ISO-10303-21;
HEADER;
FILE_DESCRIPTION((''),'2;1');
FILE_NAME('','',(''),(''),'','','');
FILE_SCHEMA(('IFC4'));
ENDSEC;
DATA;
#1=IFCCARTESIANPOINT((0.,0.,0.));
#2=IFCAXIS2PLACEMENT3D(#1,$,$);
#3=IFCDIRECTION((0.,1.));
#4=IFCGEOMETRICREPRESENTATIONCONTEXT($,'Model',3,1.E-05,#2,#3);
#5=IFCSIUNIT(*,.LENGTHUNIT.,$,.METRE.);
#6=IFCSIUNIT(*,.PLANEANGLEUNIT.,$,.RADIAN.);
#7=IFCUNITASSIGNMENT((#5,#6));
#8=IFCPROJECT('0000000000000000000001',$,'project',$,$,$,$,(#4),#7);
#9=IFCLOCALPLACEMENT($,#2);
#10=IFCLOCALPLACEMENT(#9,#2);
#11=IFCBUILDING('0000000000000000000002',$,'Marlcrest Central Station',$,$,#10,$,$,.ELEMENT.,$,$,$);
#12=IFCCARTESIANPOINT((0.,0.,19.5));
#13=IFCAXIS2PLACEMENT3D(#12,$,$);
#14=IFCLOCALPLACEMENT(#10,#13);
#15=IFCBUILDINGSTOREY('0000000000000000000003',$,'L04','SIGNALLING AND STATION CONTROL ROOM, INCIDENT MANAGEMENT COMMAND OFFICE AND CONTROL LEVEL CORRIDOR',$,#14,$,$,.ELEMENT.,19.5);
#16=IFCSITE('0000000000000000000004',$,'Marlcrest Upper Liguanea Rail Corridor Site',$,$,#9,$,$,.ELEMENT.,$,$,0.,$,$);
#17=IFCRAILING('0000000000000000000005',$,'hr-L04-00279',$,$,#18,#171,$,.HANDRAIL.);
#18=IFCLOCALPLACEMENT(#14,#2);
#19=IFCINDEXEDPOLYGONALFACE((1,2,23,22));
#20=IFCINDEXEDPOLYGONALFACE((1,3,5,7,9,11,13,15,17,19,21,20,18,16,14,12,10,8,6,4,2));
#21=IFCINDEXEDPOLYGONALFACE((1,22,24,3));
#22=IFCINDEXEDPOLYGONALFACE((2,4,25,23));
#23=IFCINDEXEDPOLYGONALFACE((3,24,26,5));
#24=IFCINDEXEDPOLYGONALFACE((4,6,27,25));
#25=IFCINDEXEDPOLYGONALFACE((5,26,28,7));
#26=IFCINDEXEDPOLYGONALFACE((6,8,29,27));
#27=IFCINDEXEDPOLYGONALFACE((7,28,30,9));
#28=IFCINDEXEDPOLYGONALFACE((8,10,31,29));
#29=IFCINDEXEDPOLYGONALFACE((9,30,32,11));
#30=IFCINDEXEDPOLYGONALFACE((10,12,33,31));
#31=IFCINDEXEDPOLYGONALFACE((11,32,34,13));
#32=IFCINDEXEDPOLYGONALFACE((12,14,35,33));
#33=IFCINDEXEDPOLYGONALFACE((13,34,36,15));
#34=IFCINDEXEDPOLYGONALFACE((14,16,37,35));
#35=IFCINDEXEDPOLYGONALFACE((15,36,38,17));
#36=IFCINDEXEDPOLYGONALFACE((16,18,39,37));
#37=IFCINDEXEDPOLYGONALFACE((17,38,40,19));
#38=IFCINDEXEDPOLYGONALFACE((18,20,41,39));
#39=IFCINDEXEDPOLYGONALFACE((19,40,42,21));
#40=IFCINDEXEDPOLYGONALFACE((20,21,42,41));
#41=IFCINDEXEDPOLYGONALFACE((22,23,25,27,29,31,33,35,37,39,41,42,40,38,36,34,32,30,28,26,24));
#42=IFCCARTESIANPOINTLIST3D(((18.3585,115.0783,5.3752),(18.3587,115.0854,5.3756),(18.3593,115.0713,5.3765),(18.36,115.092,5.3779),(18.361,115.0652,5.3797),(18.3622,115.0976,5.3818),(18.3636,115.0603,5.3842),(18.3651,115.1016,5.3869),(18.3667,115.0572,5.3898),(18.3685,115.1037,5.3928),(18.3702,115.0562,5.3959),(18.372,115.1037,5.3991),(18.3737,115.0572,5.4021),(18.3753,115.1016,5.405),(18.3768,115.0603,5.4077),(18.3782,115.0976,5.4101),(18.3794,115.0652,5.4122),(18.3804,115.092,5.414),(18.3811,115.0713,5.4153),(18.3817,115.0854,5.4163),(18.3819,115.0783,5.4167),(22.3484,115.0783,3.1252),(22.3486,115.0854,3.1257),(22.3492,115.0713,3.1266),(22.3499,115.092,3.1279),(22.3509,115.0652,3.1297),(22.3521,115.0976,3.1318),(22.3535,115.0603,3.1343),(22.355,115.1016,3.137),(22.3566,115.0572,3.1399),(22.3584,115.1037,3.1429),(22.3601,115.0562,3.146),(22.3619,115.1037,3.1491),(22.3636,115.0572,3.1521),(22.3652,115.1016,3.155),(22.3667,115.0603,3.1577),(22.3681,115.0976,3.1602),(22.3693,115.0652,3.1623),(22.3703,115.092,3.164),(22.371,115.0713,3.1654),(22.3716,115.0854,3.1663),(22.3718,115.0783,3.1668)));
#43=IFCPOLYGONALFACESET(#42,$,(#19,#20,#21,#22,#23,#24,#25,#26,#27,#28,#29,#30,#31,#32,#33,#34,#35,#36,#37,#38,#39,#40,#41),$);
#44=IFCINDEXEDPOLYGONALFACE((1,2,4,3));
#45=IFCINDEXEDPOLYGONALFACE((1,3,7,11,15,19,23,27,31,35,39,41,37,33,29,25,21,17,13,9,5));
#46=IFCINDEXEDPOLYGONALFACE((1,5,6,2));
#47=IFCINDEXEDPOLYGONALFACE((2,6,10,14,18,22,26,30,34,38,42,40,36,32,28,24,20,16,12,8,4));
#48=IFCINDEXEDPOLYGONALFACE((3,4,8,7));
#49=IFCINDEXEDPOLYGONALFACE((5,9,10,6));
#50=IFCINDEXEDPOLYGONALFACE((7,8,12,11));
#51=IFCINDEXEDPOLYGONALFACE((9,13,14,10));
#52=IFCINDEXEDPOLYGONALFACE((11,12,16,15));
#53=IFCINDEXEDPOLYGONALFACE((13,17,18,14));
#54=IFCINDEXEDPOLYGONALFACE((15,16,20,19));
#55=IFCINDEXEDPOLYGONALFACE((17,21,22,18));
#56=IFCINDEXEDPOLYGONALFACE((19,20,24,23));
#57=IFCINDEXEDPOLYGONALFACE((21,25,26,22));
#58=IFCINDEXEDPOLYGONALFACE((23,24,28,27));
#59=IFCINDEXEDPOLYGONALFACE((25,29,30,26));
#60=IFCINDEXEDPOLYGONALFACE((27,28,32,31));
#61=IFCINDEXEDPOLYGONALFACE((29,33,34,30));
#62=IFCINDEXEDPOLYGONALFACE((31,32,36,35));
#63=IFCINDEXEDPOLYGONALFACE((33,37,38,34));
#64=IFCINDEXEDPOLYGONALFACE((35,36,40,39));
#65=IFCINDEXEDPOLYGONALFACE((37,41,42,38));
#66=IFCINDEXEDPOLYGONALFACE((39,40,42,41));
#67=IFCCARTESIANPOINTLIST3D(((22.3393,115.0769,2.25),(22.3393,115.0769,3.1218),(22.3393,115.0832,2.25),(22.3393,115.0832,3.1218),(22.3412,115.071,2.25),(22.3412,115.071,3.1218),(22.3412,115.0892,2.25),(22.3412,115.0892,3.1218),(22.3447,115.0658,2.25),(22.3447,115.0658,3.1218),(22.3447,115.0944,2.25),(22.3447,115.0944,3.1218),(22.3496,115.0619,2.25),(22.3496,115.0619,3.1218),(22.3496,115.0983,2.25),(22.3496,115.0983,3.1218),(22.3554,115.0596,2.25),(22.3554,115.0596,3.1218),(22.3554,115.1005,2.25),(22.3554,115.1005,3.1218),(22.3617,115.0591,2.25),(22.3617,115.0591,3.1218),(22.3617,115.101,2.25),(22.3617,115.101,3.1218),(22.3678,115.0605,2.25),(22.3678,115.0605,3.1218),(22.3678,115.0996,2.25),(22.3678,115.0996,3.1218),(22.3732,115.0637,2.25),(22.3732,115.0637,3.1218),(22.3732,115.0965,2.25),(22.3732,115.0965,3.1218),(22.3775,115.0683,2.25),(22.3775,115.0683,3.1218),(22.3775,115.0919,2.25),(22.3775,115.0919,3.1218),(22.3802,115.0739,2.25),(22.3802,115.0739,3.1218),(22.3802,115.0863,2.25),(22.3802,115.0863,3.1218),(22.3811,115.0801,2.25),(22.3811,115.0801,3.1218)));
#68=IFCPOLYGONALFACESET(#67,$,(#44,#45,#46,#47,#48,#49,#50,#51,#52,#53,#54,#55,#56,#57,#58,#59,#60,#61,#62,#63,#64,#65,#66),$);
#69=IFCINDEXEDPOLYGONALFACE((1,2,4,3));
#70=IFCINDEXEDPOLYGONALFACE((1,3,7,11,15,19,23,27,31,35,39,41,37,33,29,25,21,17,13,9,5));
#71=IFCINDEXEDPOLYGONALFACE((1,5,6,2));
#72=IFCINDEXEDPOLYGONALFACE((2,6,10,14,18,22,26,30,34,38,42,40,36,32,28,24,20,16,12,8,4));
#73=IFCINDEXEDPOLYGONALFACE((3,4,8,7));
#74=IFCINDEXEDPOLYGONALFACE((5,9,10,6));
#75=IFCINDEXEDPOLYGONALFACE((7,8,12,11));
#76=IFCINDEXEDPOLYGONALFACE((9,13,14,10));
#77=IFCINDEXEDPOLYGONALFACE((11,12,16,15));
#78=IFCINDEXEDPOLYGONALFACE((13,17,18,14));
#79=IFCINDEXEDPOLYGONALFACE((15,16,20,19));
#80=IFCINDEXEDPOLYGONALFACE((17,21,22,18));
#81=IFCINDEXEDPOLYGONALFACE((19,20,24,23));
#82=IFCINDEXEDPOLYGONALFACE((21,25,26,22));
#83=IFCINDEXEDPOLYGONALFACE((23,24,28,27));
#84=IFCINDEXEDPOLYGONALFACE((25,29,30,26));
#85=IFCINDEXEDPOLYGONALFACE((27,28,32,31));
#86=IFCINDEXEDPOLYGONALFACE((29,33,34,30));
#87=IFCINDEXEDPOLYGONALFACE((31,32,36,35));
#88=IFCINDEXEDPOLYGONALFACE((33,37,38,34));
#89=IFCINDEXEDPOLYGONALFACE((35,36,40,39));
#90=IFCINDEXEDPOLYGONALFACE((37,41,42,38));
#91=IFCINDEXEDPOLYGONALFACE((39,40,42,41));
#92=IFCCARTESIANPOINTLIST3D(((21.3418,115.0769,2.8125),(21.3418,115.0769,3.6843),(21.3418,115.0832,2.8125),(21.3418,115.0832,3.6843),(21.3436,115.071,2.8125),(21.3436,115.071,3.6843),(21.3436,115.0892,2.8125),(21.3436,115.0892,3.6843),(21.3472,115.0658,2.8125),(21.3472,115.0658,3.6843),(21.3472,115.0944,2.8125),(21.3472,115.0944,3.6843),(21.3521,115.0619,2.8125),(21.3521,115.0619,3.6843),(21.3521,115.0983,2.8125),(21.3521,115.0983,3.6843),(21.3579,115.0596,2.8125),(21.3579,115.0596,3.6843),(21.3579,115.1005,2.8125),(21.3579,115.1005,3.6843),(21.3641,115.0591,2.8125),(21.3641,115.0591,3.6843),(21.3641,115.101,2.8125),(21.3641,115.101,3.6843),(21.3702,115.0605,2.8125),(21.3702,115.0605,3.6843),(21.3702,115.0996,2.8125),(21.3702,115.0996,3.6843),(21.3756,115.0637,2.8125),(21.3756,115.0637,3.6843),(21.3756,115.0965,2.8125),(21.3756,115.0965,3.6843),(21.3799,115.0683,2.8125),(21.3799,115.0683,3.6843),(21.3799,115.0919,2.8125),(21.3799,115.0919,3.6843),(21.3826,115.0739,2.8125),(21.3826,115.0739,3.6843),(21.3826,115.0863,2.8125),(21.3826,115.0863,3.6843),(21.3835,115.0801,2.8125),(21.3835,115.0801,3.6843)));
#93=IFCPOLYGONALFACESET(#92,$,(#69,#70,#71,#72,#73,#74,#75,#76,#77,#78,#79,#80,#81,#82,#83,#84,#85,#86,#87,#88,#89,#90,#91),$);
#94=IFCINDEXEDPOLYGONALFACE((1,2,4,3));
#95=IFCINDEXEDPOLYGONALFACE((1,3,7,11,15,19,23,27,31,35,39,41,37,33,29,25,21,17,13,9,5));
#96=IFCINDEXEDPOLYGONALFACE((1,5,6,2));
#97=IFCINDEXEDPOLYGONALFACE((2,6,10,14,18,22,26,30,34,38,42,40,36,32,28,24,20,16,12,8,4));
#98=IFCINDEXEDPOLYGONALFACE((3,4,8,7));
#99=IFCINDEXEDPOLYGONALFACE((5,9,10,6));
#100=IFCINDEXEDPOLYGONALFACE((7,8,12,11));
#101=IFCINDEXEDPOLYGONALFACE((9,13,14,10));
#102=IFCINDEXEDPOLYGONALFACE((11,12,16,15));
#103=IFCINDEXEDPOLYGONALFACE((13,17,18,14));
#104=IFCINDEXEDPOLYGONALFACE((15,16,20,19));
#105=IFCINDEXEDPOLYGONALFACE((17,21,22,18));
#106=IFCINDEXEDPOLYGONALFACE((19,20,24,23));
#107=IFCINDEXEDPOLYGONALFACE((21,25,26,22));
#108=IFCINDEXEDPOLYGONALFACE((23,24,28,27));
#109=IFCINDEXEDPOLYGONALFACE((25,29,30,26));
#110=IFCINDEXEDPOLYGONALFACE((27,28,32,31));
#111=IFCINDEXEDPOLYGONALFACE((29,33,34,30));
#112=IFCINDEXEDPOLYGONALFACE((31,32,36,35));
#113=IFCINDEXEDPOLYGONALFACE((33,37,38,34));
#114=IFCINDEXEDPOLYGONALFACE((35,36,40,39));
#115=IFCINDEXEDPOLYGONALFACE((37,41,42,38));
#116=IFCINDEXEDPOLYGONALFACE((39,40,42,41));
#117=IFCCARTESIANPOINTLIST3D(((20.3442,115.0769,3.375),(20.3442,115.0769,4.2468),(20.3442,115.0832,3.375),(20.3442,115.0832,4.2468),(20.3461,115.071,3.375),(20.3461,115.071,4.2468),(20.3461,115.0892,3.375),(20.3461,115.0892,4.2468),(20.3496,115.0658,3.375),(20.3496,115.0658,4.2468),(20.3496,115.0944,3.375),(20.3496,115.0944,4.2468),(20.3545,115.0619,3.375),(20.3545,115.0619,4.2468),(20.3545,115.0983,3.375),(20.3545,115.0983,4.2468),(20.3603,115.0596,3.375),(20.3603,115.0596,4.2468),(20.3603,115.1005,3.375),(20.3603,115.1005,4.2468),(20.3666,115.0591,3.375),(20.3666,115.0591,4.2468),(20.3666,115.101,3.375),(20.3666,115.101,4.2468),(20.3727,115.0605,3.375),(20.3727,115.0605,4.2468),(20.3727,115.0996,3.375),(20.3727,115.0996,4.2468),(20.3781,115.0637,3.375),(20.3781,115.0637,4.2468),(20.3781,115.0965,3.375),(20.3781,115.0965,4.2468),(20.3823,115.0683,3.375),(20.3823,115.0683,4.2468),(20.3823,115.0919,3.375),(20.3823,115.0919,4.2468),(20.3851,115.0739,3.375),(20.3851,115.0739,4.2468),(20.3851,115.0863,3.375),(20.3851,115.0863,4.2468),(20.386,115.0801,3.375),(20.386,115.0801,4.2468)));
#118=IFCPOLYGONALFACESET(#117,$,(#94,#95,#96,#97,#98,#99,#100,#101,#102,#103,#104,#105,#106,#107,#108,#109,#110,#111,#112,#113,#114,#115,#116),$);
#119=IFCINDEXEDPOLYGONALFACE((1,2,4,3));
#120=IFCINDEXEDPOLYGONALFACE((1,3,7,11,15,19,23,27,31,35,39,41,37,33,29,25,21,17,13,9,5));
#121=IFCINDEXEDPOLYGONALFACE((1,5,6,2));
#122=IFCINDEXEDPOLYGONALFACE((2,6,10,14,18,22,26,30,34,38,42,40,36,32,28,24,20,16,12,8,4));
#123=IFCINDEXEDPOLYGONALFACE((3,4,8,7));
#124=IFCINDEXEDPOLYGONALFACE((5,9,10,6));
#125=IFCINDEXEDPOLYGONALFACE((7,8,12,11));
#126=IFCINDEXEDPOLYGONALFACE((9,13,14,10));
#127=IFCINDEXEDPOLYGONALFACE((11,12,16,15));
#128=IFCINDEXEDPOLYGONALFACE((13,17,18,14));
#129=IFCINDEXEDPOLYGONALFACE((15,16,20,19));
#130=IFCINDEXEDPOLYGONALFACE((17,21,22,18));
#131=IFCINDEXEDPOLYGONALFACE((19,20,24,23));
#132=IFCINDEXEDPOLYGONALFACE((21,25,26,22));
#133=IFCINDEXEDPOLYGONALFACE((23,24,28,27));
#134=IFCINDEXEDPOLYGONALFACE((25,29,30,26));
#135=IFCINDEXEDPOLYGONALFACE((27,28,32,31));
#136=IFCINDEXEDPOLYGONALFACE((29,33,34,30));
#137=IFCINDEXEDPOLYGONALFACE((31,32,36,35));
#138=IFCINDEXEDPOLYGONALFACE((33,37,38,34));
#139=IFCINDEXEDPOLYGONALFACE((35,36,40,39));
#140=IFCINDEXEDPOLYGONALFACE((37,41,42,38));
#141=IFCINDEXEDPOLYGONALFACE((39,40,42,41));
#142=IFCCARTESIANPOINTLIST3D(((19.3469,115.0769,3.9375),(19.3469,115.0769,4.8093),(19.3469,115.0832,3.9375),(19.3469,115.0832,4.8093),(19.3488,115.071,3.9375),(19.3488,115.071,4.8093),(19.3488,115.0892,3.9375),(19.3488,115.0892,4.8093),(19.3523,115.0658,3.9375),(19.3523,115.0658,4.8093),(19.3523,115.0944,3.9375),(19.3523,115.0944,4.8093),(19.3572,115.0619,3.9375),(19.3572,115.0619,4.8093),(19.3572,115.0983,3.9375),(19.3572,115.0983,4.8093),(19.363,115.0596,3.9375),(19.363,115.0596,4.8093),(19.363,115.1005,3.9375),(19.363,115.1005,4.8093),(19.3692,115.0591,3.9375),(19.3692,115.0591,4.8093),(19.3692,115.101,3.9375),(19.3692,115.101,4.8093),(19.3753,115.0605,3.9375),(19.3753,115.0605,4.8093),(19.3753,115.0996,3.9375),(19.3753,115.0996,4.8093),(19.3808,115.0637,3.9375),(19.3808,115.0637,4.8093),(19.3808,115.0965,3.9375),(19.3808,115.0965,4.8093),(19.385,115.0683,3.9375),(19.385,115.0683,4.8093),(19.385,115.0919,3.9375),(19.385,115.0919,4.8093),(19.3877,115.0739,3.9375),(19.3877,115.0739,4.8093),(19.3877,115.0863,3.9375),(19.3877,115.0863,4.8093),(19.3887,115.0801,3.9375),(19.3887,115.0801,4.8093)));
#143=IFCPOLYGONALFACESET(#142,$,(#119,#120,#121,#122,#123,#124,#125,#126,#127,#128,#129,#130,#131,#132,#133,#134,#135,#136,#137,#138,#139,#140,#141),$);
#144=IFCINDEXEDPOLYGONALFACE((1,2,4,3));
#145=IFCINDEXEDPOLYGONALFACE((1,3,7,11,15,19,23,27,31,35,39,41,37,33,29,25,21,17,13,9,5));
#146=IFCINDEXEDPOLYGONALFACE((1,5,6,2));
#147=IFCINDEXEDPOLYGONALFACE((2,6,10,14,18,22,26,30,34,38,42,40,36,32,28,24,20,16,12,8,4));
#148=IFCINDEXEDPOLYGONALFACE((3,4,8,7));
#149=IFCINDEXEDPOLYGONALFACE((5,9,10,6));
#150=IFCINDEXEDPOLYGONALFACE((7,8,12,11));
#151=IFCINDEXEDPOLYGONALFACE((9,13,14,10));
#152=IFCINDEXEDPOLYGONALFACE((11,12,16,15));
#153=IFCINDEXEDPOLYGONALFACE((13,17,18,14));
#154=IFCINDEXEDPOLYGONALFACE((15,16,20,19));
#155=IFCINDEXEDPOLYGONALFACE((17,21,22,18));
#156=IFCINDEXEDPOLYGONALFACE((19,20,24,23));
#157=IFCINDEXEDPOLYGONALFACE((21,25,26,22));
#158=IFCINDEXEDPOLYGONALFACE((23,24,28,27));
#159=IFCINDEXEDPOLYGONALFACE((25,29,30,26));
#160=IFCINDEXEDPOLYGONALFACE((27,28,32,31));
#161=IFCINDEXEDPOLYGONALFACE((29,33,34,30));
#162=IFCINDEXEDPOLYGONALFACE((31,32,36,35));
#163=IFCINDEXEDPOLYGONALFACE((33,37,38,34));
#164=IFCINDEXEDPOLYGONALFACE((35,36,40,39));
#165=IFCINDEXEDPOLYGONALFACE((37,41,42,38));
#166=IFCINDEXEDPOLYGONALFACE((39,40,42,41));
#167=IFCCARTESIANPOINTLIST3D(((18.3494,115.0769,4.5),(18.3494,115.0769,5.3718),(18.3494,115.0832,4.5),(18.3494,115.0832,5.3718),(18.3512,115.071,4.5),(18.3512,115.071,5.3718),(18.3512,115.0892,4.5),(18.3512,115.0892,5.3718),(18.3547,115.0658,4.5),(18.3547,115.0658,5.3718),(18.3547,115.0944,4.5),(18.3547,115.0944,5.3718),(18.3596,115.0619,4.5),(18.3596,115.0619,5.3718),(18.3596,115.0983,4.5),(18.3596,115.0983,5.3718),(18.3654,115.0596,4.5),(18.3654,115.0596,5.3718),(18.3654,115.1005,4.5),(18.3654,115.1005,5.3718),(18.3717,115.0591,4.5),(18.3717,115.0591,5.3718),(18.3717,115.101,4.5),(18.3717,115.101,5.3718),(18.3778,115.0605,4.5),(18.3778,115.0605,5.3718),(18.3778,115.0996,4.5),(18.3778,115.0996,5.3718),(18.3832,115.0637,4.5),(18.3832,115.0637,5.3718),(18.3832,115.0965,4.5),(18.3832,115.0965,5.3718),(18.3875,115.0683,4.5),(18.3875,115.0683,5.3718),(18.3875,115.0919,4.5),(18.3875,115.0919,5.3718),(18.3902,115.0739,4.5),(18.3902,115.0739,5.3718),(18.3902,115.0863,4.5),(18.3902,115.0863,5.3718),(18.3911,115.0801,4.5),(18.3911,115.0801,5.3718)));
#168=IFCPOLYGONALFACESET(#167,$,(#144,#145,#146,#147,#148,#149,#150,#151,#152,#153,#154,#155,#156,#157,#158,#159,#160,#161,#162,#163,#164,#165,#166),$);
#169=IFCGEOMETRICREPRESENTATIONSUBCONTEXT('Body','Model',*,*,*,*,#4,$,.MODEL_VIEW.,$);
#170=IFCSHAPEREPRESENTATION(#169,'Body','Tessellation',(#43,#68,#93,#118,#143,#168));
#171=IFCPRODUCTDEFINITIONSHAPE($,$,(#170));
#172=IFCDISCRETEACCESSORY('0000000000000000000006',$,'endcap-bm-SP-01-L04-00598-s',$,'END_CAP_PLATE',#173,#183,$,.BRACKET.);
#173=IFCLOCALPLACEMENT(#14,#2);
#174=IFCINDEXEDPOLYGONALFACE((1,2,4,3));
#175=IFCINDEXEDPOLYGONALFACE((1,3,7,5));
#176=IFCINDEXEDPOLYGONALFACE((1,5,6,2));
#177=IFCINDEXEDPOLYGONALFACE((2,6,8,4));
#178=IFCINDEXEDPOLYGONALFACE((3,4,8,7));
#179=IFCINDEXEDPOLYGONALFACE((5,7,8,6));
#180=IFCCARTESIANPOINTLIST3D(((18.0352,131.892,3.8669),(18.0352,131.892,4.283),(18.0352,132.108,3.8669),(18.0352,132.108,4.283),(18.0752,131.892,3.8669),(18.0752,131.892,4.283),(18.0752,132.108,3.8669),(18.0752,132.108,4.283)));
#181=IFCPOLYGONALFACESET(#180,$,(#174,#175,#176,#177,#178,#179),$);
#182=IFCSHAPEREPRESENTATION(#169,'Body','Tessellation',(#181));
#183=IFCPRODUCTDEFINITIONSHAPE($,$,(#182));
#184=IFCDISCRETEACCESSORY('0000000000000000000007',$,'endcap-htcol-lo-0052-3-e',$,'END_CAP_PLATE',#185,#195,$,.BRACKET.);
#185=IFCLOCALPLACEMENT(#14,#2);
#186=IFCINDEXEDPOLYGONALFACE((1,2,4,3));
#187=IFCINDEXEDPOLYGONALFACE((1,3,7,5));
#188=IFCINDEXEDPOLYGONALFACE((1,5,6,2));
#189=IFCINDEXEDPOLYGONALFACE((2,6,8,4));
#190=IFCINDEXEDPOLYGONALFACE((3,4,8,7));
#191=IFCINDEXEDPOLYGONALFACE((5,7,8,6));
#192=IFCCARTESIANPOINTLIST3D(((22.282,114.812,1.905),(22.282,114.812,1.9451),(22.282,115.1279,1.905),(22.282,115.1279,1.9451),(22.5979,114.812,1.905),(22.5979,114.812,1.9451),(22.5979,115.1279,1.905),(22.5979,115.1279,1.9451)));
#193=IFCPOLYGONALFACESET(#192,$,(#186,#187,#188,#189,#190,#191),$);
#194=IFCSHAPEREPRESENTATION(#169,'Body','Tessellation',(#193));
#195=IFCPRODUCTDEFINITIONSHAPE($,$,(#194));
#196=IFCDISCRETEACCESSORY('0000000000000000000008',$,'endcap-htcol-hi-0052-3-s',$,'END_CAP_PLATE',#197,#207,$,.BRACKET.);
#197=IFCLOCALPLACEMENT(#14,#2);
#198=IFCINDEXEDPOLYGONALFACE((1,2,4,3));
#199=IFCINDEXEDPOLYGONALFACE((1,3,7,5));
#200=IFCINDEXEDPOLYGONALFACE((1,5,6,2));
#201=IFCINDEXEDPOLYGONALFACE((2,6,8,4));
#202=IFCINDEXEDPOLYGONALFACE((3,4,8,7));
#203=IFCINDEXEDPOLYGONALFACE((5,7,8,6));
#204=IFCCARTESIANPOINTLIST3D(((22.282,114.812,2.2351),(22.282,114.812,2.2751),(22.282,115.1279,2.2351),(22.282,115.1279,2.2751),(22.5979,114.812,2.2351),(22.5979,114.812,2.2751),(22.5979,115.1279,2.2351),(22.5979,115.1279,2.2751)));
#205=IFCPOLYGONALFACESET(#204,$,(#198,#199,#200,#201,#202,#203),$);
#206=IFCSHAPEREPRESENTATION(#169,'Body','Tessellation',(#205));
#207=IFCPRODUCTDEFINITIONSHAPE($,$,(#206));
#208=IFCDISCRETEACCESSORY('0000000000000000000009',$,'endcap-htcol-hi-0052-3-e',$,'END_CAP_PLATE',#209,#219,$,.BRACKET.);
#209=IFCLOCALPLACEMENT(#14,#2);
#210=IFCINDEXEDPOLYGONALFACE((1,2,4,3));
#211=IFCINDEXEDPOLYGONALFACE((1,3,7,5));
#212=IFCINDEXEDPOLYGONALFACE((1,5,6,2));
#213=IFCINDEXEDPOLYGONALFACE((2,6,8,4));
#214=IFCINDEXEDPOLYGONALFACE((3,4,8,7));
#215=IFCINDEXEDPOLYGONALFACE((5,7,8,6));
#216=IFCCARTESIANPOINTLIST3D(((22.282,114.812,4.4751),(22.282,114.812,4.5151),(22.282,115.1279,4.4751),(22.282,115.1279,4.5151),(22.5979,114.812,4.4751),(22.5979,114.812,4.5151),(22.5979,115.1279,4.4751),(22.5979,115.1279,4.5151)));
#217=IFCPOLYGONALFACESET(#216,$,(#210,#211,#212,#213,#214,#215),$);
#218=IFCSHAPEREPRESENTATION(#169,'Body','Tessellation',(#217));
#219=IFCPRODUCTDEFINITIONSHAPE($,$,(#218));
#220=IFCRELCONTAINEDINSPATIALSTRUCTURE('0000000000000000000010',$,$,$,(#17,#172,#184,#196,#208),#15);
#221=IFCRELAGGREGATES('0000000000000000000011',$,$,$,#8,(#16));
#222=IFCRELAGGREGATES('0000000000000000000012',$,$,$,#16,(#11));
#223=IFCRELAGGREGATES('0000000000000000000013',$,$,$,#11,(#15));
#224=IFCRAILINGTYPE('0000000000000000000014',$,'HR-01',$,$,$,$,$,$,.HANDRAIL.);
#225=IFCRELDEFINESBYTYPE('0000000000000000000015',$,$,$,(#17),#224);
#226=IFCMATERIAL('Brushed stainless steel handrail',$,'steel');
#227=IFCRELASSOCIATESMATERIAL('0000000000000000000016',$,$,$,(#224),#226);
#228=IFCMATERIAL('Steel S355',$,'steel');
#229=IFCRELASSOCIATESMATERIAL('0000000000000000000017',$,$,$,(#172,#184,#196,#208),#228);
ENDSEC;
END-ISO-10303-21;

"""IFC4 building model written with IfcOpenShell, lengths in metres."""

from ifc_helpers import new_model, si_unit, direction, frame, origin, origin_2d, place, context, subcontext, project, spatial, rectangle, circle, extrude, material, type_object, element, save


model = new_model("IFC4")

# Units and contexts
model_context = context("Model", 3, precision=1e-05, world=origin(), true_north=direction((0.0, 1.0)))
body_context = subcontext(model_context, "Body", "Model", "MODEL_VIEW")
ifc_project = project(units=[si_unit("LENGTHUNIT", "METRE"), si_unit("PLANEANGLEUNIT", "RADIAN")], contexts=[model_context])

# Site, building, storey
site_placement = place(None, origin())
site = spatial("IfcSite", under=ifc_project, at=site_placement, Name="Marlcrest Upper Liguanea Rail Corridor Site", CompositionType="ELEMENT", RefElevation=0.0)
building_placement = place(site_placement, origin())
building = spatial("IfcBuilding", under=site, at=building_placement, Name="Marlcrest Central Station", CompositionType="ELEMENT")
storey_placement = place(building_placement, frame((0.0, 0.0, 19.5)))
storey = spatial("IfcBuildingStorey", under=building, at=storey_placement, Name="L04", Description="SIGNALLING AND STATION CONTROL ROOM, INCIDENT MANAGEMENT COMMAND OFFICE AND CONTROL LEVEL CORRIDOR", CompositionType="ELEMENT", Elevation=19.5)

# Shared definitions
ifc_material_1 = material(Name="Steel S355", Category="steel")

# Railing
ifc_material_2 = material(Name="Brushed stainless steel handrail", Category="steel")
railing_type_1 = type_object("IfcRailingType", Name="HR-01", PredefinedType="HANDRAIL", material=ifc_material_2)
railing_1_placement = place(storey_placement, frame((22.3601, 115.0801, 2.25)))
element("IfcRailing", 1, at=railing_1_placement, inside=storey, type_object=railing_type_1, Name="hr-L04-00279", PredefinedType="HANDRAIL", context=body_context, shape_type="SweptSolid", body=[
    extrude(circle(Radius=0.0239, at=origin_2d()), frame((0.0, 0.0, 0.896), z_axis=(-0.87105, 0.0, 0.491195), x_axis=(0.0, -1.0, 0.0)), (0.0, 0.0, 1.0), 4.5806),
    extrude(circle(Radius=0.021, at=origin_2d()), origin(), (0.0, 0.0, 1.0), 0.8718),
    extrude(circle(Radius=0.021, at=origin_2d()), frame((-0.9976, 0.0, 0.5625)), (0.0, 0.0, 1.0), 0.8718),
    extrude(circle(Radius=0.021, at=origin_2d()), frame((-1.9951, 0.0, 1.125)), (0.0, 0.0, 1.0), 0.8718),
    extrude(circle(Radius=0.021, at=origin_2d()), frame((-2.9924, 0.0, 1.6875)), (0.0, 0.0, 1.0), 0.8718),
    extrude(circle(Radius=0.021, at=origin_2d()), frame((-3.99, 0.0, 2.25)), (0.0, 0.0, 1.0), 0.8718),
])

# Discrete accessories
discrete_accessory_placement = place(storey_placement, frame((18.0352, 132.0, 4.075), z_axis=(1.0, 0.0, 0.0), x_axis=(0.0, 1.0, 0.0)))
element("IfcDiscreteAccessory", 2, at=discrete_accessory_placement, inside=storey, material=ifc_material_1, Name="endcap-bm-SP-01-L04-00598-s", ObjectType="END_CAP_PLATE", PredefinedType="BRACKET", context=body_context, shape_type="SweptSolid", body=[
    extrude(rectangle(XDim=0.2161, YDim=0.416, at=origin_2d()), origin(), (0.0, 0.0, 1.0), 0.04),
])
for number, where, z_axis, x_axis, name in (
    (3, (22.4399, 114.97, 1.905), (0.0, 0.0, 1.0), (1.0, 0.0, 0.0), "endcap-htcol-lo-0052-3-e"),
    (4, (22.4399, 114.97, 2.2351), (0.0, 0.0, 1.0), (1.0, 0.0, 0.0), "endcap-htcol-hi-0052-3-s"),
    (5, (22.4399, 114.97, 4.4751), (0.0, 0.0, 1.0), (1.0, 0.0, 0.0), "endcap-htcol-hi-0052-3-e"),
):
    element("IfcDiscreteAccessory", number, at=place(storey_placement, frame(where, z_axis=z_axis, x_axis=x_axis)), inside=storey, material=ifc_material_1, Name=name, ObjectType="END_CAP_PLATE", PredefinedType="BRACKET", context=body_context, shape_type="SweptSolid", body=[
        extrude(rectangle(XDim=0.3159, YDim=0.3159, at=origin_2d()), origin(), (0.0, 0.0, 1.0), 0.04),
    ])

save(model, "model.ifc")
